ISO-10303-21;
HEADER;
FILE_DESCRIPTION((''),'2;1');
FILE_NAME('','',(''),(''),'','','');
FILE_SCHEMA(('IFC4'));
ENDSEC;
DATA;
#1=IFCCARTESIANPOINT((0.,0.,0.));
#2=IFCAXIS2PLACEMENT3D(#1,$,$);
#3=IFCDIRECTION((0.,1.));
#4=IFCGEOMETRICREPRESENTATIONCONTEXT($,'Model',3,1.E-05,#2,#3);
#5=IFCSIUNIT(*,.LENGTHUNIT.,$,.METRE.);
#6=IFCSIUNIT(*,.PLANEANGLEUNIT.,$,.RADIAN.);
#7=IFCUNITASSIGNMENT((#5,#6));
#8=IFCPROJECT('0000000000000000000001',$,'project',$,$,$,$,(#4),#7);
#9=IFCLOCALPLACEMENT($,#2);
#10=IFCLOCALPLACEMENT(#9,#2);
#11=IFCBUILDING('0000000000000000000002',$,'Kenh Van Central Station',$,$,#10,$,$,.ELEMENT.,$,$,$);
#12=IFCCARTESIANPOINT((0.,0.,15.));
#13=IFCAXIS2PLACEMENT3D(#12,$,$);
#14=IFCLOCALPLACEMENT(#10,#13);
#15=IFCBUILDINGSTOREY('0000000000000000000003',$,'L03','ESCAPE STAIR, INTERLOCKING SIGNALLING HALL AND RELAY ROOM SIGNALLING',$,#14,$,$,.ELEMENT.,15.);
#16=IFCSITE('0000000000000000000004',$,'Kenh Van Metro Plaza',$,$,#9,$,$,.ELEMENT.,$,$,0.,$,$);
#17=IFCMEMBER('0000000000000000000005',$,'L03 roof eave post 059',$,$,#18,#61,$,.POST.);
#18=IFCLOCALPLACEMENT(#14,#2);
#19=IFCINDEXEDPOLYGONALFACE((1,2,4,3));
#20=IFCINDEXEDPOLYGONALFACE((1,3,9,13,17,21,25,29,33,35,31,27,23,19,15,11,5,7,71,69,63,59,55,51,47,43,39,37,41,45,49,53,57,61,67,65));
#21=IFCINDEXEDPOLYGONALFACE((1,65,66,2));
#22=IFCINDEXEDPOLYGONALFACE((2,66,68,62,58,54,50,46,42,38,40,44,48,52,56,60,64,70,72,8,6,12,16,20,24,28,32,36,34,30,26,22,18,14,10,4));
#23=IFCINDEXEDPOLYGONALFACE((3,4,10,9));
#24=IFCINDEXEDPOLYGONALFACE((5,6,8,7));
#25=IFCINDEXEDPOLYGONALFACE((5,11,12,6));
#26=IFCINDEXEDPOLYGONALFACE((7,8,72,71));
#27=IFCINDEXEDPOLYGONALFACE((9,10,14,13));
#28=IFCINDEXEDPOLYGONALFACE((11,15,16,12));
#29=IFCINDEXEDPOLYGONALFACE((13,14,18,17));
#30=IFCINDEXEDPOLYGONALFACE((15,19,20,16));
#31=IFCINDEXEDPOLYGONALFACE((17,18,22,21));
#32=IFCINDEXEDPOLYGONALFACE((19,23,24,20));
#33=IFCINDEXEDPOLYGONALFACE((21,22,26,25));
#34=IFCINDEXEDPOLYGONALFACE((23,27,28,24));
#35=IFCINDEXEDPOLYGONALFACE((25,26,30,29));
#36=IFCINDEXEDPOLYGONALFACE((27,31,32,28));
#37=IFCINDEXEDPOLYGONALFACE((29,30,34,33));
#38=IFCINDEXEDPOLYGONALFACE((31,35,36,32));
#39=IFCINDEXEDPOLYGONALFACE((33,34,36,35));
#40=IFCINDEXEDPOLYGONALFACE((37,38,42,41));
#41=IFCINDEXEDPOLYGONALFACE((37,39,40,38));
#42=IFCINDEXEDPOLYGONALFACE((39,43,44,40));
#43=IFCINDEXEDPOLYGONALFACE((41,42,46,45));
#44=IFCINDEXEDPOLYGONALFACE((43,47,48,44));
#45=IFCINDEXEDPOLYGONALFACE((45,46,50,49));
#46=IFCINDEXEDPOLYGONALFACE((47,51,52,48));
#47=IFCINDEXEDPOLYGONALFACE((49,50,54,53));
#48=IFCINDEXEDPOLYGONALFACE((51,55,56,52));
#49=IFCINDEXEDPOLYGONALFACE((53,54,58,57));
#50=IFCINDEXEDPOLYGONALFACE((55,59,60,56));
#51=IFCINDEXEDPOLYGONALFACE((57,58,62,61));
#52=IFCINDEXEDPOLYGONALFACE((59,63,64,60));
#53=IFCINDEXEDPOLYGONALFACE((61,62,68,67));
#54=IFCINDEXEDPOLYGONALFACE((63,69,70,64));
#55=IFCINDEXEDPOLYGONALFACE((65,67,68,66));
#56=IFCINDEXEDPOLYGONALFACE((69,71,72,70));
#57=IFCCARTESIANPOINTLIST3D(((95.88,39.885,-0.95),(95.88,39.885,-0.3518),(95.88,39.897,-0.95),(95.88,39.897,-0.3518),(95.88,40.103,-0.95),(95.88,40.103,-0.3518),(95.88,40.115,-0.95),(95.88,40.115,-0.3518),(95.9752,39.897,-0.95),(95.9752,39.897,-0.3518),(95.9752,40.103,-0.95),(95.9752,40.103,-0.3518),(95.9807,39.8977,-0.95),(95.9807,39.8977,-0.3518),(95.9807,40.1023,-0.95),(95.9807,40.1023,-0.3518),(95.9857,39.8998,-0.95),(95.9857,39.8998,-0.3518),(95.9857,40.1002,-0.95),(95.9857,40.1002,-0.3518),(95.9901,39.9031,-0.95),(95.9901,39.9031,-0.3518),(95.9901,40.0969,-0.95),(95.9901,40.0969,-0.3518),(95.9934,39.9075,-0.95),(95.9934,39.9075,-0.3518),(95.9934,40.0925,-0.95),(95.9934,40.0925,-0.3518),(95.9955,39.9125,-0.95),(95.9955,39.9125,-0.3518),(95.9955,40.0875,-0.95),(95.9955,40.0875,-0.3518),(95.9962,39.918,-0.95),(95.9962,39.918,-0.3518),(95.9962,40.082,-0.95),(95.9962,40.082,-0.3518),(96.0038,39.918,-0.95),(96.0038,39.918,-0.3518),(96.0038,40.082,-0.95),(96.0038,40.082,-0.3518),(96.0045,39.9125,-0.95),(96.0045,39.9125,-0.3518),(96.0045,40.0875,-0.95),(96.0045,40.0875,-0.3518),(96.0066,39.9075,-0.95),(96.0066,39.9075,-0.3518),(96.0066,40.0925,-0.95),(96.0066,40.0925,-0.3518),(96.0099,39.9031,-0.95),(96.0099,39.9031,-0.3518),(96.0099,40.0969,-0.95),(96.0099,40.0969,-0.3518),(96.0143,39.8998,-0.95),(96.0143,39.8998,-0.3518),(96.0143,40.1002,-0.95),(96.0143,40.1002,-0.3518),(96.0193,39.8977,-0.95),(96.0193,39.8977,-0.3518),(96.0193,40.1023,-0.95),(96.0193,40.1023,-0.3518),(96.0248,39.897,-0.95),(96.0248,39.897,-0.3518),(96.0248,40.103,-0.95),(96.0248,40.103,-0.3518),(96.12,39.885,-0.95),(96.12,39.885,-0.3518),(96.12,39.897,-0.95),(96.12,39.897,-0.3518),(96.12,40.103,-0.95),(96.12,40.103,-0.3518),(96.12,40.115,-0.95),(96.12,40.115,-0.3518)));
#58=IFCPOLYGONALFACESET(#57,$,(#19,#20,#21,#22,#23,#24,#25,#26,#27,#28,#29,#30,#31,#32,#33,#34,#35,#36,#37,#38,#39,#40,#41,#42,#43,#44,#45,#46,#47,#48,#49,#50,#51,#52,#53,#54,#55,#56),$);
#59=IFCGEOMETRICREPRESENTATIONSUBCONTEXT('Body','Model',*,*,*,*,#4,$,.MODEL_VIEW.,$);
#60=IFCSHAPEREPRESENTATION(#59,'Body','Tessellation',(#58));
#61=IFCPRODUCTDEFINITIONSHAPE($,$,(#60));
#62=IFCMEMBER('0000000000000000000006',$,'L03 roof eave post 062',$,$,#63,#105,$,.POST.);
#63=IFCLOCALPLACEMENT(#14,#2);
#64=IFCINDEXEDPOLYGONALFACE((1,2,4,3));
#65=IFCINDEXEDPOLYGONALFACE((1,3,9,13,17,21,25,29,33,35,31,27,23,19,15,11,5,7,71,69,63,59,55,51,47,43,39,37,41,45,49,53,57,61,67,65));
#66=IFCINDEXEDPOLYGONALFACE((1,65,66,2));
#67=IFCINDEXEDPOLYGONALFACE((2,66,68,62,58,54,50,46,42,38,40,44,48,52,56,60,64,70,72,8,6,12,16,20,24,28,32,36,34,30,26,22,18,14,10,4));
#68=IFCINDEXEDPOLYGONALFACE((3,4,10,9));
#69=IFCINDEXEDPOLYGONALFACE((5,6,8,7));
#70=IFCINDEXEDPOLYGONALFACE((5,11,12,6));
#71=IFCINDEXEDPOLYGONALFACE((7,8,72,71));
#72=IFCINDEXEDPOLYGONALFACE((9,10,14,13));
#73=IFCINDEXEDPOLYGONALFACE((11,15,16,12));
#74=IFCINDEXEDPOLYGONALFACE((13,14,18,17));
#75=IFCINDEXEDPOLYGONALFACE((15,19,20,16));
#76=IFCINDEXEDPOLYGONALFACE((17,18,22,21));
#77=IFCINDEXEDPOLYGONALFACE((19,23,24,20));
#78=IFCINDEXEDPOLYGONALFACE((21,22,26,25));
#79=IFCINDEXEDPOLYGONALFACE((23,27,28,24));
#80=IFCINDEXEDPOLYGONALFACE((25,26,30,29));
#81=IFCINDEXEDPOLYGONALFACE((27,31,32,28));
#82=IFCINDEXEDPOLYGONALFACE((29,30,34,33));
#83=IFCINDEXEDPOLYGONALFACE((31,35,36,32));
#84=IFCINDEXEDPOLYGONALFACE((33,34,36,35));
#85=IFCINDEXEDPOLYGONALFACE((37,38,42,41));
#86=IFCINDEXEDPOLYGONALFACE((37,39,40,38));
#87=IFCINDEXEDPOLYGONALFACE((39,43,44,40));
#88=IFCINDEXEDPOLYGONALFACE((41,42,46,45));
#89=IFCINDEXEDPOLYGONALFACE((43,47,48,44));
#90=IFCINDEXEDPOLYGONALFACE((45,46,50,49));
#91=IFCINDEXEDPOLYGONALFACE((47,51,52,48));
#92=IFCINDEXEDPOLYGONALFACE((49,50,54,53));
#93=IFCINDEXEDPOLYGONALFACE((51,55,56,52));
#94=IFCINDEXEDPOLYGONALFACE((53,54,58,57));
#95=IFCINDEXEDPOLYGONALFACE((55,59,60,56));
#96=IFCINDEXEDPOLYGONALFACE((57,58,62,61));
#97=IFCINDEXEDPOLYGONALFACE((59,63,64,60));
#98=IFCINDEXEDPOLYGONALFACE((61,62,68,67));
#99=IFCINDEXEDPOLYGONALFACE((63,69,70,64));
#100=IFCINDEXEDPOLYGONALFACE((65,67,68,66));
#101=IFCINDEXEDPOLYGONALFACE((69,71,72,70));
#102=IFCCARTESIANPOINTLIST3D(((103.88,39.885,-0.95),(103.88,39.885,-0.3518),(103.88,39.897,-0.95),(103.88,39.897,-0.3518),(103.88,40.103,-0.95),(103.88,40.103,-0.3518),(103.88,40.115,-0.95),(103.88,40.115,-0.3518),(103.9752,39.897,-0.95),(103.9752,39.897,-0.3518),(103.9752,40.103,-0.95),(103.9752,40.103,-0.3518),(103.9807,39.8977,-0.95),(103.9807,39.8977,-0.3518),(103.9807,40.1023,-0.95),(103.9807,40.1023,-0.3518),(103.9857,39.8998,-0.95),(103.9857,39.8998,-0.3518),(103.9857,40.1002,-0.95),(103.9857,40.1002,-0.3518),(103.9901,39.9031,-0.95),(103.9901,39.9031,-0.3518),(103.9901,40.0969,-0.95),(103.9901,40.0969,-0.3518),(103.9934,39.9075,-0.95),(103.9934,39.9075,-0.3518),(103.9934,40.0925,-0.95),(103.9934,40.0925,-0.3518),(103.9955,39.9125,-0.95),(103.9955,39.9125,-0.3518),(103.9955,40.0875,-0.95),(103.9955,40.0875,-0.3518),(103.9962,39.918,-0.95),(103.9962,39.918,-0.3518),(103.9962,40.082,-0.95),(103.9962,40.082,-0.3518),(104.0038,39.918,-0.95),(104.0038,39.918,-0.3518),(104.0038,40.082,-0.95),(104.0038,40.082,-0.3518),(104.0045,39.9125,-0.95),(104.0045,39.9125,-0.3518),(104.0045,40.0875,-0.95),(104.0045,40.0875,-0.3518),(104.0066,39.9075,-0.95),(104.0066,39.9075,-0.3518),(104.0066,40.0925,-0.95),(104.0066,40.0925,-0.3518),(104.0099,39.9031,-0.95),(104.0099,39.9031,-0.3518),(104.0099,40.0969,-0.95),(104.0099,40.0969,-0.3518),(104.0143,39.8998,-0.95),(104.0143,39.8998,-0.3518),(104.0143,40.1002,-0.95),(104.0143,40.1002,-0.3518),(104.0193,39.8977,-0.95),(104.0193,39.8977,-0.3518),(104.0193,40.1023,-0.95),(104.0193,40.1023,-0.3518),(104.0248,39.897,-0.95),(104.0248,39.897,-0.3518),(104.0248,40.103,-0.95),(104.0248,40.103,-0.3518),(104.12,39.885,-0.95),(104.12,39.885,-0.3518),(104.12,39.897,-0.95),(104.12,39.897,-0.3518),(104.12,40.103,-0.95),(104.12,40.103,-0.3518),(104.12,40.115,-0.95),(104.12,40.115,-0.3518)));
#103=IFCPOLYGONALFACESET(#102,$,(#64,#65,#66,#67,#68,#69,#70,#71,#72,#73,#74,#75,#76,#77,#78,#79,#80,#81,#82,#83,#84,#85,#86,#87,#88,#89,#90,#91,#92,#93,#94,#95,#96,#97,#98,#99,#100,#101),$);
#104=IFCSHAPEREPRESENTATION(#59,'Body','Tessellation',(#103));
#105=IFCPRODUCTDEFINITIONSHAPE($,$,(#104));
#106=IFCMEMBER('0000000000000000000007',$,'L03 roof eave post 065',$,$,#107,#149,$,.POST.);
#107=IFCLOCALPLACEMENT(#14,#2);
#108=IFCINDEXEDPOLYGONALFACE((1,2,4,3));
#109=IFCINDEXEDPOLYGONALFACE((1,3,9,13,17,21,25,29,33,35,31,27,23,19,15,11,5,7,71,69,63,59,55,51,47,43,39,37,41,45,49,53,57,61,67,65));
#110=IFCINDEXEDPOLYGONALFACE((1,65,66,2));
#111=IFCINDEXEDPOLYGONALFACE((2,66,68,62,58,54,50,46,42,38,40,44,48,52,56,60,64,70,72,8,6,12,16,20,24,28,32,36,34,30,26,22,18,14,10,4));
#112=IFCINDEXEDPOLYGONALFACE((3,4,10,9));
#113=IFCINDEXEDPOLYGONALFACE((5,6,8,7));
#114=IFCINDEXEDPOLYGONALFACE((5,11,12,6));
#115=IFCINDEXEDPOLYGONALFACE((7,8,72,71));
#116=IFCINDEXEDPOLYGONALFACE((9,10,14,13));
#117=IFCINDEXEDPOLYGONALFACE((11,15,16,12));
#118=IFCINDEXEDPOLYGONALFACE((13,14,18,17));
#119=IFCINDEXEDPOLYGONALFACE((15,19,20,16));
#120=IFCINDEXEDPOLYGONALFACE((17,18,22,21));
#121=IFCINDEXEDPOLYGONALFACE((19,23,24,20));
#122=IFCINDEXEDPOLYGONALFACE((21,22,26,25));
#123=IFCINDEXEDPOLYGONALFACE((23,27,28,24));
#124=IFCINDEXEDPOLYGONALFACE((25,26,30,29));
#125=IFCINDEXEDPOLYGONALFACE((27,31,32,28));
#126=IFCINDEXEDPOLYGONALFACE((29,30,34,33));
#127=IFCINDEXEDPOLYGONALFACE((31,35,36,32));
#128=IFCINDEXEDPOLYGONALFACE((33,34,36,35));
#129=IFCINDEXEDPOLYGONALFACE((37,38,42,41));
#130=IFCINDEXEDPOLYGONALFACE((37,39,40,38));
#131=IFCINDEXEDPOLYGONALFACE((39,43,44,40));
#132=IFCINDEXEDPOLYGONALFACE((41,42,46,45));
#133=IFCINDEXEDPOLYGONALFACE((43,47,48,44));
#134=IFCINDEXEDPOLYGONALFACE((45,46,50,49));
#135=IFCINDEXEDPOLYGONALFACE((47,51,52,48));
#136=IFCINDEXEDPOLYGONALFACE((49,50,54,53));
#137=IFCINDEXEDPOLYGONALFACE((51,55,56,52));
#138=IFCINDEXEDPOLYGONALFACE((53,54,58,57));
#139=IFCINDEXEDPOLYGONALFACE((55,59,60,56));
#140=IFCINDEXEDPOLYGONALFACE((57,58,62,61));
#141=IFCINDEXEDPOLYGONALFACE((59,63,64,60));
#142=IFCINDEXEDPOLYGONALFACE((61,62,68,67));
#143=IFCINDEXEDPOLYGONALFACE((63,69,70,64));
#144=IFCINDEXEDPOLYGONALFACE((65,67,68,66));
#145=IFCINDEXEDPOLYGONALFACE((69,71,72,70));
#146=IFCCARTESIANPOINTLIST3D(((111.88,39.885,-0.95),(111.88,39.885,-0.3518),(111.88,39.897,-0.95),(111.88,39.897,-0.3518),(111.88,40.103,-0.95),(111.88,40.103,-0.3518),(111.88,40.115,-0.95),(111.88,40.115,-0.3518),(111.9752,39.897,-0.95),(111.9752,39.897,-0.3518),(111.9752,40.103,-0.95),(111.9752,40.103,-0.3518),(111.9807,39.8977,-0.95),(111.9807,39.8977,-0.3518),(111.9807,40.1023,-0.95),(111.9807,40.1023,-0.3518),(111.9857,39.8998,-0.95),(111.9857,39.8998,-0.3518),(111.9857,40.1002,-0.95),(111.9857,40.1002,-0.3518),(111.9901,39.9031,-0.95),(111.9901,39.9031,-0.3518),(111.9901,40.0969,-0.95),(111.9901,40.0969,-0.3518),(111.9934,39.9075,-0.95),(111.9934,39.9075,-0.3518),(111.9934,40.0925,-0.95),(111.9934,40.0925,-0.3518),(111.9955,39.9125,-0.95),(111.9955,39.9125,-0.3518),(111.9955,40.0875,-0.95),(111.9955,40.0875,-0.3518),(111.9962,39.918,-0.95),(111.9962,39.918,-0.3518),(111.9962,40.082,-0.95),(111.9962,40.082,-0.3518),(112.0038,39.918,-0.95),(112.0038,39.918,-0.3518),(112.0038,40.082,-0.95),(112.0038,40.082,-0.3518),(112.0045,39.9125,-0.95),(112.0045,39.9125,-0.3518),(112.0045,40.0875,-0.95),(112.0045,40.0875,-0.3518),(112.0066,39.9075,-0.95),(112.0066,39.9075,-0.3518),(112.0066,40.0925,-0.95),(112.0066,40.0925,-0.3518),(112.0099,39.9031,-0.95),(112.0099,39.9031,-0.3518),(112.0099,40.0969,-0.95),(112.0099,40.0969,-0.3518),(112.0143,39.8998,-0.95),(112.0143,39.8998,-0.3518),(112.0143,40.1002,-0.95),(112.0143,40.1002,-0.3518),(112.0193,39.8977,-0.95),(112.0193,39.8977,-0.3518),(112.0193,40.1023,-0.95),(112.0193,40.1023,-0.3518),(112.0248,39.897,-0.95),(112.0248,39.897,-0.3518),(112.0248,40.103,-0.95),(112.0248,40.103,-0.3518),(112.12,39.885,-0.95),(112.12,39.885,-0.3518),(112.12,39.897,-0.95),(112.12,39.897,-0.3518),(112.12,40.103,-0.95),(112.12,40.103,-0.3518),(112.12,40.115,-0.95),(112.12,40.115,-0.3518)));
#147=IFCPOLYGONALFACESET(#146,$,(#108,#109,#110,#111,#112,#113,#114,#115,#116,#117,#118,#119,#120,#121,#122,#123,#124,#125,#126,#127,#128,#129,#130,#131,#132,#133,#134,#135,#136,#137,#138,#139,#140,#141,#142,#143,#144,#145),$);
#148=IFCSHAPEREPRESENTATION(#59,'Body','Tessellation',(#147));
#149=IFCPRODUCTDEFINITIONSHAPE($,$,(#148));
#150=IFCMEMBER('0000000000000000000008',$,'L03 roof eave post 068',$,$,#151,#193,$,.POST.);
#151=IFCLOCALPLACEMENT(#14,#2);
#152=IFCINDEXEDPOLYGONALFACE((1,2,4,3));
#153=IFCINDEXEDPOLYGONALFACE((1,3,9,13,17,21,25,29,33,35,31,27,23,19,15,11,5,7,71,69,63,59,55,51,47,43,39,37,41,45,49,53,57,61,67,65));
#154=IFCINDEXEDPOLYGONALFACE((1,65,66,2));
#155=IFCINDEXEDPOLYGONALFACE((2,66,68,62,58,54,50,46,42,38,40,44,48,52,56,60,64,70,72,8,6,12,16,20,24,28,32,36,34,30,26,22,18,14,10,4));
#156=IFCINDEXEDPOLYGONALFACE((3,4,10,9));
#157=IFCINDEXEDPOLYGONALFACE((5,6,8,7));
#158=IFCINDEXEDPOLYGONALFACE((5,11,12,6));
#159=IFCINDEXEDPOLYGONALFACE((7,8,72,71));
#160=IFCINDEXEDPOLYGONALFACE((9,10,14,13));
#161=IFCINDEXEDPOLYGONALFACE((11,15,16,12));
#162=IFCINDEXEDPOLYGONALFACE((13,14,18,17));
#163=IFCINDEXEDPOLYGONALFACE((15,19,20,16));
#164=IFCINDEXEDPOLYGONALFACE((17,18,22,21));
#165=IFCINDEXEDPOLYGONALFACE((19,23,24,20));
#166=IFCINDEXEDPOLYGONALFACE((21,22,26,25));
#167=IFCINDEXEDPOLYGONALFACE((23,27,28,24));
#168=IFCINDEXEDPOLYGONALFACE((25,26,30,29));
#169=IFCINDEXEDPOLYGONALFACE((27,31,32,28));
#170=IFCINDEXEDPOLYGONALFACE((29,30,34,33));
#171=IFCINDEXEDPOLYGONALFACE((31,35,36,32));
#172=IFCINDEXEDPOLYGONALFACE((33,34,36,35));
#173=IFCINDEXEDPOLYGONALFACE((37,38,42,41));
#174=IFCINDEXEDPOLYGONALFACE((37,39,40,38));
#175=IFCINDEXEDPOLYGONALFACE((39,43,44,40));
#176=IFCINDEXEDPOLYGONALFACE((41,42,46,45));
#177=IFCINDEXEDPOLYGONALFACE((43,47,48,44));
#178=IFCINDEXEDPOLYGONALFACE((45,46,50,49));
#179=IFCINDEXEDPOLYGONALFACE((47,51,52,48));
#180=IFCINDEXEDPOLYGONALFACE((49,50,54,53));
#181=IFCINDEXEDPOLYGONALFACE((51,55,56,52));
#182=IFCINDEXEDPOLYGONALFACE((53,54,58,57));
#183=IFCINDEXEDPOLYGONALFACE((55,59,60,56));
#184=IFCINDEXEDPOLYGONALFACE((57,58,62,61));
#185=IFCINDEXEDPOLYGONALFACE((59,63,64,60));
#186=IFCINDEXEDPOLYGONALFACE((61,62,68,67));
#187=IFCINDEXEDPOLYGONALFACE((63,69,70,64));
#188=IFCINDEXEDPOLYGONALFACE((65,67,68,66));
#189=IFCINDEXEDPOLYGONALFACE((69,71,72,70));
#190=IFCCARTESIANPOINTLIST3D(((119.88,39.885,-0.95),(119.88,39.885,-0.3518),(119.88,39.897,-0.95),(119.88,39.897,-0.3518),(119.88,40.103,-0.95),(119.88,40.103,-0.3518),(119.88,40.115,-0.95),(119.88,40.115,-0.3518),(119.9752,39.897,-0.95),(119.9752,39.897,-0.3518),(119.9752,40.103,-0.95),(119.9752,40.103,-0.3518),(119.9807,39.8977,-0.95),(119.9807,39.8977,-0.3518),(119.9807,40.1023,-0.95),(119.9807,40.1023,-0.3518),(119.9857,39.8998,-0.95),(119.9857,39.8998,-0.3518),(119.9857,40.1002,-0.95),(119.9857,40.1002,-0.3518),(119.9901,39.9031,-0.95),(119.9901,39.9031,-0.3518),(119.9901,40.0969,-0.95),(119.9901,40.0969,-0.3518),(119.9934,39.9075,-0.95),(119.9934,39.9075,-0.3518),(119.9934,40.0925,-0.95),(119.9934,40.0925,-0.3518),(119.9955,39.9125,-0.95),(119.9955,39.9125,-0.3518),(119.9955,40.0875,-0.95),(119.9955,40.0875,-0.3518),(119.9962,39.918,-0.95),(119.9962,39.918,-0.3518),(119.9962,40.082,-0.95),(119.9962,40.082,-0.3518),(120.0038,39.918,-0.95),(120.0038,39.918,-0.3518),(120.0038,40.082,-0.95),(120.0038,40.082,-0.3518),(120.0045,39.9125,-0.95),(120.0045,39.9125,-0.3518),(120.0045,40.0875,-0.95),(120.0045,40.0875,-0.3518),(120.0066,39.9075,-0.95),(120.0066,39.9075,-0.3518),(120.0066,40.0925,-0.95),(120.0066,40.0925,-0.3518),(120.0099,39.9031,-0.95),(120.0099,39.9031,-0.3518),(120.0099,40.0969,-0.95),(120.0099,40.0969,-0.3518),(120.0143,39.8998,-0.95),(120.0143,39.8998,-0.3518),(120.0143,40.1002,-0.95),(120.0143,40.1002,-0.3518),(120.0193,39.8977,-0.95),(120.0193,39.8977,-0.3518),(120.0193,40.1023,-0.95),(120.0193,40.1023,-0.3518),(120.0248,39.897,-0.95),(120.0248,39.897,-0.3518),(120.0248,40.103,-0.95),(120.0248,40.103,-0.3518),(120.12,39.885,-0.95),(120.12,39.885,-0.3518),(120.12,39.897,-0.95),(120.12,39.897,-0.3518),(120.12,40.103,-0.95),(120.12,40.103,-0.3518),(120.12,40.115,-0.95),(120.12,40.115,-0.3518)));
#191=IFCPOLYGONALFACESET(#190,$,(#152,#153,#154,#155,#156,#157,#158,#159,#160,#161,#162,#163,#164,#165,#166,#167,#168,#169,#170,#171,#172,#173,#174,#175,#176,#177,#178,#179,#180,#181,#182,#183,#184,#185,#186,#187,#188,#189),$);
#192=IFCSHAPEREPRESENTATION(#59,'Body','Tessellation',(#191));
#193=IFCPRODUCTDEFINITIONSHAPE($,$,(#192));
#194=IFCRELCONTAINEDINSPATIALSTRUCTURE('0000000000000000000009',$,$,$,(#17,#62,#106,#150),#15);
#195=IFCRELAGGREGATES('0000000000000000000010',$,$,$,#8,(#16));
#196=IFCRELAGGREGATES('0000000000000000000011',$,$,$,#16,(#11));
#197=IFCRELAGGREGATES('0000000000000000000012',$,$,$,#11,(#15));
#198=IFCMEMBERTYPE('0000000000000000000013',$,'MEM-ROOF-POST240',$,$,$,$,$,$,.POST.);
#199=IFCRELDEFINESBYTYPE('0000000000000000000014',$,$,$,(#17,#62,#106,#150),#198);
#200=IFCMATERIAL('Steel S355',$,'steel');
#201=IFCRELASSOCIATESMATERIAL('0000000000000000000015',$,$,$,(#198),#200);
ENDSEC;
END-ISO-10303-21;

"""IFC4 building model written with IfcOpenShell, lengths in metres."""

from ifc_helpers import new_model, si_unit, direction, frame, origin, origin_2d, place, context, subcontext, project, spatial, i_section, extrude, material, material_profile, profile_set, type_object, element, save


model = new_model("IFC4")

# Units and contexts
model_context = context("Model", 3, precision=1e-05, world=origin(), true_north=direction((0.0, 1.0)))
body_context = subcontext(model_context, "Body", "Model", "MODEL_VIEW")
ifc_project = project(units=[si_unit("LENGTHUNIT", "METRE"), si_unit("PLANEANGLEUNIT", "RADIAN")], contexts=[model_context])

# Site, building, storey
site_placement = place(None, origin())
site = spatial("IfcSite", under=ifc_project, at=site_placement, Name="Kenh Van Metro Plaza", CompositionType="ELEMENT", RefElevation=0.0)
building_placement = place(site_placement, origin())
building = spatial("IfcBuilding", under=site, at=building_placement, Name="Kenh Van Central Station", CompositionType="ELEMENT")
storey_placement = place(building_placement, frame((0.0, 0.0, 15.0)))
storey = spatial("IfcBuildingStorey", under=building, at=storey_placement, Name="L03", Description="ESCAPE STAIR, INTERLOCKING SIGNALLING HALL AND RELAY ROOM SIGNALLING", CompositionType="ELEMENT", Elevation=15.0)

# Shared definitions
ifc_material_1 = material(Name="Steel S355", Category="steel")

# Members
ifc_material_profile_1 = material_profile(ifc_material_1, i_section(OverallWidth=0.24, OverallDepth=0.23, WebThickness=0.0076, FlangeThickness=0.012, FilletRadius=0.021, at=origin_2d()), Name="HEA 240")
ifc_profile_set_1 = profile_set([ifc_material_profile_1], Name="Steel S355")
member_type_1 = type_object("IfcMemberType", Name="MEM-ROOF-POST240", PredefinedType="POST", material=ifc_profile_set_1)
for number, where, z_axis, x_axis, name in (
    (1, (96.0, 40.0, -0.95), (0.0, 0.0, 1.0), (1.0, 0.0, 0.0), "L03 roof eave post 059"),
    (2, (104.0, 40.0, -0.95), (0.0, 0.0, 1.0), (1.0, 0.0, 0.0), "L03 roof eave post 062"),
    (3, (112.0, 40.0, -0.95), (0.0, 0.0, 1.0), (1.0, 0.0, 0.0), "L03 roof eave post 065"),
    (4, (120.0, 40.0, -0.95), (0.0, 0.0, 1.0), (1.0, 0.0, 0.0), "L03 roof eave post 068"),
):
    element("IfcMember", number, at=place(storey_placement, frame(where, z_axis=z_axis, x_axis=x_axis)), inside=storey, type_object=member_type_1, Name=name, PredefinedType="POST", context=body_context, shape_type="SweptSolid", body=[
        extrude(i_section(OverallWidth=0.24, OverallDepth=0.23, WebThickness=0.0076, FlangeThickness=0.012, FilletRadius=0.021, at=origin_2d()), origin(), (0.0, 0.0, 1.0), 0.5981),
    ])

save(model, "model.ifc")
